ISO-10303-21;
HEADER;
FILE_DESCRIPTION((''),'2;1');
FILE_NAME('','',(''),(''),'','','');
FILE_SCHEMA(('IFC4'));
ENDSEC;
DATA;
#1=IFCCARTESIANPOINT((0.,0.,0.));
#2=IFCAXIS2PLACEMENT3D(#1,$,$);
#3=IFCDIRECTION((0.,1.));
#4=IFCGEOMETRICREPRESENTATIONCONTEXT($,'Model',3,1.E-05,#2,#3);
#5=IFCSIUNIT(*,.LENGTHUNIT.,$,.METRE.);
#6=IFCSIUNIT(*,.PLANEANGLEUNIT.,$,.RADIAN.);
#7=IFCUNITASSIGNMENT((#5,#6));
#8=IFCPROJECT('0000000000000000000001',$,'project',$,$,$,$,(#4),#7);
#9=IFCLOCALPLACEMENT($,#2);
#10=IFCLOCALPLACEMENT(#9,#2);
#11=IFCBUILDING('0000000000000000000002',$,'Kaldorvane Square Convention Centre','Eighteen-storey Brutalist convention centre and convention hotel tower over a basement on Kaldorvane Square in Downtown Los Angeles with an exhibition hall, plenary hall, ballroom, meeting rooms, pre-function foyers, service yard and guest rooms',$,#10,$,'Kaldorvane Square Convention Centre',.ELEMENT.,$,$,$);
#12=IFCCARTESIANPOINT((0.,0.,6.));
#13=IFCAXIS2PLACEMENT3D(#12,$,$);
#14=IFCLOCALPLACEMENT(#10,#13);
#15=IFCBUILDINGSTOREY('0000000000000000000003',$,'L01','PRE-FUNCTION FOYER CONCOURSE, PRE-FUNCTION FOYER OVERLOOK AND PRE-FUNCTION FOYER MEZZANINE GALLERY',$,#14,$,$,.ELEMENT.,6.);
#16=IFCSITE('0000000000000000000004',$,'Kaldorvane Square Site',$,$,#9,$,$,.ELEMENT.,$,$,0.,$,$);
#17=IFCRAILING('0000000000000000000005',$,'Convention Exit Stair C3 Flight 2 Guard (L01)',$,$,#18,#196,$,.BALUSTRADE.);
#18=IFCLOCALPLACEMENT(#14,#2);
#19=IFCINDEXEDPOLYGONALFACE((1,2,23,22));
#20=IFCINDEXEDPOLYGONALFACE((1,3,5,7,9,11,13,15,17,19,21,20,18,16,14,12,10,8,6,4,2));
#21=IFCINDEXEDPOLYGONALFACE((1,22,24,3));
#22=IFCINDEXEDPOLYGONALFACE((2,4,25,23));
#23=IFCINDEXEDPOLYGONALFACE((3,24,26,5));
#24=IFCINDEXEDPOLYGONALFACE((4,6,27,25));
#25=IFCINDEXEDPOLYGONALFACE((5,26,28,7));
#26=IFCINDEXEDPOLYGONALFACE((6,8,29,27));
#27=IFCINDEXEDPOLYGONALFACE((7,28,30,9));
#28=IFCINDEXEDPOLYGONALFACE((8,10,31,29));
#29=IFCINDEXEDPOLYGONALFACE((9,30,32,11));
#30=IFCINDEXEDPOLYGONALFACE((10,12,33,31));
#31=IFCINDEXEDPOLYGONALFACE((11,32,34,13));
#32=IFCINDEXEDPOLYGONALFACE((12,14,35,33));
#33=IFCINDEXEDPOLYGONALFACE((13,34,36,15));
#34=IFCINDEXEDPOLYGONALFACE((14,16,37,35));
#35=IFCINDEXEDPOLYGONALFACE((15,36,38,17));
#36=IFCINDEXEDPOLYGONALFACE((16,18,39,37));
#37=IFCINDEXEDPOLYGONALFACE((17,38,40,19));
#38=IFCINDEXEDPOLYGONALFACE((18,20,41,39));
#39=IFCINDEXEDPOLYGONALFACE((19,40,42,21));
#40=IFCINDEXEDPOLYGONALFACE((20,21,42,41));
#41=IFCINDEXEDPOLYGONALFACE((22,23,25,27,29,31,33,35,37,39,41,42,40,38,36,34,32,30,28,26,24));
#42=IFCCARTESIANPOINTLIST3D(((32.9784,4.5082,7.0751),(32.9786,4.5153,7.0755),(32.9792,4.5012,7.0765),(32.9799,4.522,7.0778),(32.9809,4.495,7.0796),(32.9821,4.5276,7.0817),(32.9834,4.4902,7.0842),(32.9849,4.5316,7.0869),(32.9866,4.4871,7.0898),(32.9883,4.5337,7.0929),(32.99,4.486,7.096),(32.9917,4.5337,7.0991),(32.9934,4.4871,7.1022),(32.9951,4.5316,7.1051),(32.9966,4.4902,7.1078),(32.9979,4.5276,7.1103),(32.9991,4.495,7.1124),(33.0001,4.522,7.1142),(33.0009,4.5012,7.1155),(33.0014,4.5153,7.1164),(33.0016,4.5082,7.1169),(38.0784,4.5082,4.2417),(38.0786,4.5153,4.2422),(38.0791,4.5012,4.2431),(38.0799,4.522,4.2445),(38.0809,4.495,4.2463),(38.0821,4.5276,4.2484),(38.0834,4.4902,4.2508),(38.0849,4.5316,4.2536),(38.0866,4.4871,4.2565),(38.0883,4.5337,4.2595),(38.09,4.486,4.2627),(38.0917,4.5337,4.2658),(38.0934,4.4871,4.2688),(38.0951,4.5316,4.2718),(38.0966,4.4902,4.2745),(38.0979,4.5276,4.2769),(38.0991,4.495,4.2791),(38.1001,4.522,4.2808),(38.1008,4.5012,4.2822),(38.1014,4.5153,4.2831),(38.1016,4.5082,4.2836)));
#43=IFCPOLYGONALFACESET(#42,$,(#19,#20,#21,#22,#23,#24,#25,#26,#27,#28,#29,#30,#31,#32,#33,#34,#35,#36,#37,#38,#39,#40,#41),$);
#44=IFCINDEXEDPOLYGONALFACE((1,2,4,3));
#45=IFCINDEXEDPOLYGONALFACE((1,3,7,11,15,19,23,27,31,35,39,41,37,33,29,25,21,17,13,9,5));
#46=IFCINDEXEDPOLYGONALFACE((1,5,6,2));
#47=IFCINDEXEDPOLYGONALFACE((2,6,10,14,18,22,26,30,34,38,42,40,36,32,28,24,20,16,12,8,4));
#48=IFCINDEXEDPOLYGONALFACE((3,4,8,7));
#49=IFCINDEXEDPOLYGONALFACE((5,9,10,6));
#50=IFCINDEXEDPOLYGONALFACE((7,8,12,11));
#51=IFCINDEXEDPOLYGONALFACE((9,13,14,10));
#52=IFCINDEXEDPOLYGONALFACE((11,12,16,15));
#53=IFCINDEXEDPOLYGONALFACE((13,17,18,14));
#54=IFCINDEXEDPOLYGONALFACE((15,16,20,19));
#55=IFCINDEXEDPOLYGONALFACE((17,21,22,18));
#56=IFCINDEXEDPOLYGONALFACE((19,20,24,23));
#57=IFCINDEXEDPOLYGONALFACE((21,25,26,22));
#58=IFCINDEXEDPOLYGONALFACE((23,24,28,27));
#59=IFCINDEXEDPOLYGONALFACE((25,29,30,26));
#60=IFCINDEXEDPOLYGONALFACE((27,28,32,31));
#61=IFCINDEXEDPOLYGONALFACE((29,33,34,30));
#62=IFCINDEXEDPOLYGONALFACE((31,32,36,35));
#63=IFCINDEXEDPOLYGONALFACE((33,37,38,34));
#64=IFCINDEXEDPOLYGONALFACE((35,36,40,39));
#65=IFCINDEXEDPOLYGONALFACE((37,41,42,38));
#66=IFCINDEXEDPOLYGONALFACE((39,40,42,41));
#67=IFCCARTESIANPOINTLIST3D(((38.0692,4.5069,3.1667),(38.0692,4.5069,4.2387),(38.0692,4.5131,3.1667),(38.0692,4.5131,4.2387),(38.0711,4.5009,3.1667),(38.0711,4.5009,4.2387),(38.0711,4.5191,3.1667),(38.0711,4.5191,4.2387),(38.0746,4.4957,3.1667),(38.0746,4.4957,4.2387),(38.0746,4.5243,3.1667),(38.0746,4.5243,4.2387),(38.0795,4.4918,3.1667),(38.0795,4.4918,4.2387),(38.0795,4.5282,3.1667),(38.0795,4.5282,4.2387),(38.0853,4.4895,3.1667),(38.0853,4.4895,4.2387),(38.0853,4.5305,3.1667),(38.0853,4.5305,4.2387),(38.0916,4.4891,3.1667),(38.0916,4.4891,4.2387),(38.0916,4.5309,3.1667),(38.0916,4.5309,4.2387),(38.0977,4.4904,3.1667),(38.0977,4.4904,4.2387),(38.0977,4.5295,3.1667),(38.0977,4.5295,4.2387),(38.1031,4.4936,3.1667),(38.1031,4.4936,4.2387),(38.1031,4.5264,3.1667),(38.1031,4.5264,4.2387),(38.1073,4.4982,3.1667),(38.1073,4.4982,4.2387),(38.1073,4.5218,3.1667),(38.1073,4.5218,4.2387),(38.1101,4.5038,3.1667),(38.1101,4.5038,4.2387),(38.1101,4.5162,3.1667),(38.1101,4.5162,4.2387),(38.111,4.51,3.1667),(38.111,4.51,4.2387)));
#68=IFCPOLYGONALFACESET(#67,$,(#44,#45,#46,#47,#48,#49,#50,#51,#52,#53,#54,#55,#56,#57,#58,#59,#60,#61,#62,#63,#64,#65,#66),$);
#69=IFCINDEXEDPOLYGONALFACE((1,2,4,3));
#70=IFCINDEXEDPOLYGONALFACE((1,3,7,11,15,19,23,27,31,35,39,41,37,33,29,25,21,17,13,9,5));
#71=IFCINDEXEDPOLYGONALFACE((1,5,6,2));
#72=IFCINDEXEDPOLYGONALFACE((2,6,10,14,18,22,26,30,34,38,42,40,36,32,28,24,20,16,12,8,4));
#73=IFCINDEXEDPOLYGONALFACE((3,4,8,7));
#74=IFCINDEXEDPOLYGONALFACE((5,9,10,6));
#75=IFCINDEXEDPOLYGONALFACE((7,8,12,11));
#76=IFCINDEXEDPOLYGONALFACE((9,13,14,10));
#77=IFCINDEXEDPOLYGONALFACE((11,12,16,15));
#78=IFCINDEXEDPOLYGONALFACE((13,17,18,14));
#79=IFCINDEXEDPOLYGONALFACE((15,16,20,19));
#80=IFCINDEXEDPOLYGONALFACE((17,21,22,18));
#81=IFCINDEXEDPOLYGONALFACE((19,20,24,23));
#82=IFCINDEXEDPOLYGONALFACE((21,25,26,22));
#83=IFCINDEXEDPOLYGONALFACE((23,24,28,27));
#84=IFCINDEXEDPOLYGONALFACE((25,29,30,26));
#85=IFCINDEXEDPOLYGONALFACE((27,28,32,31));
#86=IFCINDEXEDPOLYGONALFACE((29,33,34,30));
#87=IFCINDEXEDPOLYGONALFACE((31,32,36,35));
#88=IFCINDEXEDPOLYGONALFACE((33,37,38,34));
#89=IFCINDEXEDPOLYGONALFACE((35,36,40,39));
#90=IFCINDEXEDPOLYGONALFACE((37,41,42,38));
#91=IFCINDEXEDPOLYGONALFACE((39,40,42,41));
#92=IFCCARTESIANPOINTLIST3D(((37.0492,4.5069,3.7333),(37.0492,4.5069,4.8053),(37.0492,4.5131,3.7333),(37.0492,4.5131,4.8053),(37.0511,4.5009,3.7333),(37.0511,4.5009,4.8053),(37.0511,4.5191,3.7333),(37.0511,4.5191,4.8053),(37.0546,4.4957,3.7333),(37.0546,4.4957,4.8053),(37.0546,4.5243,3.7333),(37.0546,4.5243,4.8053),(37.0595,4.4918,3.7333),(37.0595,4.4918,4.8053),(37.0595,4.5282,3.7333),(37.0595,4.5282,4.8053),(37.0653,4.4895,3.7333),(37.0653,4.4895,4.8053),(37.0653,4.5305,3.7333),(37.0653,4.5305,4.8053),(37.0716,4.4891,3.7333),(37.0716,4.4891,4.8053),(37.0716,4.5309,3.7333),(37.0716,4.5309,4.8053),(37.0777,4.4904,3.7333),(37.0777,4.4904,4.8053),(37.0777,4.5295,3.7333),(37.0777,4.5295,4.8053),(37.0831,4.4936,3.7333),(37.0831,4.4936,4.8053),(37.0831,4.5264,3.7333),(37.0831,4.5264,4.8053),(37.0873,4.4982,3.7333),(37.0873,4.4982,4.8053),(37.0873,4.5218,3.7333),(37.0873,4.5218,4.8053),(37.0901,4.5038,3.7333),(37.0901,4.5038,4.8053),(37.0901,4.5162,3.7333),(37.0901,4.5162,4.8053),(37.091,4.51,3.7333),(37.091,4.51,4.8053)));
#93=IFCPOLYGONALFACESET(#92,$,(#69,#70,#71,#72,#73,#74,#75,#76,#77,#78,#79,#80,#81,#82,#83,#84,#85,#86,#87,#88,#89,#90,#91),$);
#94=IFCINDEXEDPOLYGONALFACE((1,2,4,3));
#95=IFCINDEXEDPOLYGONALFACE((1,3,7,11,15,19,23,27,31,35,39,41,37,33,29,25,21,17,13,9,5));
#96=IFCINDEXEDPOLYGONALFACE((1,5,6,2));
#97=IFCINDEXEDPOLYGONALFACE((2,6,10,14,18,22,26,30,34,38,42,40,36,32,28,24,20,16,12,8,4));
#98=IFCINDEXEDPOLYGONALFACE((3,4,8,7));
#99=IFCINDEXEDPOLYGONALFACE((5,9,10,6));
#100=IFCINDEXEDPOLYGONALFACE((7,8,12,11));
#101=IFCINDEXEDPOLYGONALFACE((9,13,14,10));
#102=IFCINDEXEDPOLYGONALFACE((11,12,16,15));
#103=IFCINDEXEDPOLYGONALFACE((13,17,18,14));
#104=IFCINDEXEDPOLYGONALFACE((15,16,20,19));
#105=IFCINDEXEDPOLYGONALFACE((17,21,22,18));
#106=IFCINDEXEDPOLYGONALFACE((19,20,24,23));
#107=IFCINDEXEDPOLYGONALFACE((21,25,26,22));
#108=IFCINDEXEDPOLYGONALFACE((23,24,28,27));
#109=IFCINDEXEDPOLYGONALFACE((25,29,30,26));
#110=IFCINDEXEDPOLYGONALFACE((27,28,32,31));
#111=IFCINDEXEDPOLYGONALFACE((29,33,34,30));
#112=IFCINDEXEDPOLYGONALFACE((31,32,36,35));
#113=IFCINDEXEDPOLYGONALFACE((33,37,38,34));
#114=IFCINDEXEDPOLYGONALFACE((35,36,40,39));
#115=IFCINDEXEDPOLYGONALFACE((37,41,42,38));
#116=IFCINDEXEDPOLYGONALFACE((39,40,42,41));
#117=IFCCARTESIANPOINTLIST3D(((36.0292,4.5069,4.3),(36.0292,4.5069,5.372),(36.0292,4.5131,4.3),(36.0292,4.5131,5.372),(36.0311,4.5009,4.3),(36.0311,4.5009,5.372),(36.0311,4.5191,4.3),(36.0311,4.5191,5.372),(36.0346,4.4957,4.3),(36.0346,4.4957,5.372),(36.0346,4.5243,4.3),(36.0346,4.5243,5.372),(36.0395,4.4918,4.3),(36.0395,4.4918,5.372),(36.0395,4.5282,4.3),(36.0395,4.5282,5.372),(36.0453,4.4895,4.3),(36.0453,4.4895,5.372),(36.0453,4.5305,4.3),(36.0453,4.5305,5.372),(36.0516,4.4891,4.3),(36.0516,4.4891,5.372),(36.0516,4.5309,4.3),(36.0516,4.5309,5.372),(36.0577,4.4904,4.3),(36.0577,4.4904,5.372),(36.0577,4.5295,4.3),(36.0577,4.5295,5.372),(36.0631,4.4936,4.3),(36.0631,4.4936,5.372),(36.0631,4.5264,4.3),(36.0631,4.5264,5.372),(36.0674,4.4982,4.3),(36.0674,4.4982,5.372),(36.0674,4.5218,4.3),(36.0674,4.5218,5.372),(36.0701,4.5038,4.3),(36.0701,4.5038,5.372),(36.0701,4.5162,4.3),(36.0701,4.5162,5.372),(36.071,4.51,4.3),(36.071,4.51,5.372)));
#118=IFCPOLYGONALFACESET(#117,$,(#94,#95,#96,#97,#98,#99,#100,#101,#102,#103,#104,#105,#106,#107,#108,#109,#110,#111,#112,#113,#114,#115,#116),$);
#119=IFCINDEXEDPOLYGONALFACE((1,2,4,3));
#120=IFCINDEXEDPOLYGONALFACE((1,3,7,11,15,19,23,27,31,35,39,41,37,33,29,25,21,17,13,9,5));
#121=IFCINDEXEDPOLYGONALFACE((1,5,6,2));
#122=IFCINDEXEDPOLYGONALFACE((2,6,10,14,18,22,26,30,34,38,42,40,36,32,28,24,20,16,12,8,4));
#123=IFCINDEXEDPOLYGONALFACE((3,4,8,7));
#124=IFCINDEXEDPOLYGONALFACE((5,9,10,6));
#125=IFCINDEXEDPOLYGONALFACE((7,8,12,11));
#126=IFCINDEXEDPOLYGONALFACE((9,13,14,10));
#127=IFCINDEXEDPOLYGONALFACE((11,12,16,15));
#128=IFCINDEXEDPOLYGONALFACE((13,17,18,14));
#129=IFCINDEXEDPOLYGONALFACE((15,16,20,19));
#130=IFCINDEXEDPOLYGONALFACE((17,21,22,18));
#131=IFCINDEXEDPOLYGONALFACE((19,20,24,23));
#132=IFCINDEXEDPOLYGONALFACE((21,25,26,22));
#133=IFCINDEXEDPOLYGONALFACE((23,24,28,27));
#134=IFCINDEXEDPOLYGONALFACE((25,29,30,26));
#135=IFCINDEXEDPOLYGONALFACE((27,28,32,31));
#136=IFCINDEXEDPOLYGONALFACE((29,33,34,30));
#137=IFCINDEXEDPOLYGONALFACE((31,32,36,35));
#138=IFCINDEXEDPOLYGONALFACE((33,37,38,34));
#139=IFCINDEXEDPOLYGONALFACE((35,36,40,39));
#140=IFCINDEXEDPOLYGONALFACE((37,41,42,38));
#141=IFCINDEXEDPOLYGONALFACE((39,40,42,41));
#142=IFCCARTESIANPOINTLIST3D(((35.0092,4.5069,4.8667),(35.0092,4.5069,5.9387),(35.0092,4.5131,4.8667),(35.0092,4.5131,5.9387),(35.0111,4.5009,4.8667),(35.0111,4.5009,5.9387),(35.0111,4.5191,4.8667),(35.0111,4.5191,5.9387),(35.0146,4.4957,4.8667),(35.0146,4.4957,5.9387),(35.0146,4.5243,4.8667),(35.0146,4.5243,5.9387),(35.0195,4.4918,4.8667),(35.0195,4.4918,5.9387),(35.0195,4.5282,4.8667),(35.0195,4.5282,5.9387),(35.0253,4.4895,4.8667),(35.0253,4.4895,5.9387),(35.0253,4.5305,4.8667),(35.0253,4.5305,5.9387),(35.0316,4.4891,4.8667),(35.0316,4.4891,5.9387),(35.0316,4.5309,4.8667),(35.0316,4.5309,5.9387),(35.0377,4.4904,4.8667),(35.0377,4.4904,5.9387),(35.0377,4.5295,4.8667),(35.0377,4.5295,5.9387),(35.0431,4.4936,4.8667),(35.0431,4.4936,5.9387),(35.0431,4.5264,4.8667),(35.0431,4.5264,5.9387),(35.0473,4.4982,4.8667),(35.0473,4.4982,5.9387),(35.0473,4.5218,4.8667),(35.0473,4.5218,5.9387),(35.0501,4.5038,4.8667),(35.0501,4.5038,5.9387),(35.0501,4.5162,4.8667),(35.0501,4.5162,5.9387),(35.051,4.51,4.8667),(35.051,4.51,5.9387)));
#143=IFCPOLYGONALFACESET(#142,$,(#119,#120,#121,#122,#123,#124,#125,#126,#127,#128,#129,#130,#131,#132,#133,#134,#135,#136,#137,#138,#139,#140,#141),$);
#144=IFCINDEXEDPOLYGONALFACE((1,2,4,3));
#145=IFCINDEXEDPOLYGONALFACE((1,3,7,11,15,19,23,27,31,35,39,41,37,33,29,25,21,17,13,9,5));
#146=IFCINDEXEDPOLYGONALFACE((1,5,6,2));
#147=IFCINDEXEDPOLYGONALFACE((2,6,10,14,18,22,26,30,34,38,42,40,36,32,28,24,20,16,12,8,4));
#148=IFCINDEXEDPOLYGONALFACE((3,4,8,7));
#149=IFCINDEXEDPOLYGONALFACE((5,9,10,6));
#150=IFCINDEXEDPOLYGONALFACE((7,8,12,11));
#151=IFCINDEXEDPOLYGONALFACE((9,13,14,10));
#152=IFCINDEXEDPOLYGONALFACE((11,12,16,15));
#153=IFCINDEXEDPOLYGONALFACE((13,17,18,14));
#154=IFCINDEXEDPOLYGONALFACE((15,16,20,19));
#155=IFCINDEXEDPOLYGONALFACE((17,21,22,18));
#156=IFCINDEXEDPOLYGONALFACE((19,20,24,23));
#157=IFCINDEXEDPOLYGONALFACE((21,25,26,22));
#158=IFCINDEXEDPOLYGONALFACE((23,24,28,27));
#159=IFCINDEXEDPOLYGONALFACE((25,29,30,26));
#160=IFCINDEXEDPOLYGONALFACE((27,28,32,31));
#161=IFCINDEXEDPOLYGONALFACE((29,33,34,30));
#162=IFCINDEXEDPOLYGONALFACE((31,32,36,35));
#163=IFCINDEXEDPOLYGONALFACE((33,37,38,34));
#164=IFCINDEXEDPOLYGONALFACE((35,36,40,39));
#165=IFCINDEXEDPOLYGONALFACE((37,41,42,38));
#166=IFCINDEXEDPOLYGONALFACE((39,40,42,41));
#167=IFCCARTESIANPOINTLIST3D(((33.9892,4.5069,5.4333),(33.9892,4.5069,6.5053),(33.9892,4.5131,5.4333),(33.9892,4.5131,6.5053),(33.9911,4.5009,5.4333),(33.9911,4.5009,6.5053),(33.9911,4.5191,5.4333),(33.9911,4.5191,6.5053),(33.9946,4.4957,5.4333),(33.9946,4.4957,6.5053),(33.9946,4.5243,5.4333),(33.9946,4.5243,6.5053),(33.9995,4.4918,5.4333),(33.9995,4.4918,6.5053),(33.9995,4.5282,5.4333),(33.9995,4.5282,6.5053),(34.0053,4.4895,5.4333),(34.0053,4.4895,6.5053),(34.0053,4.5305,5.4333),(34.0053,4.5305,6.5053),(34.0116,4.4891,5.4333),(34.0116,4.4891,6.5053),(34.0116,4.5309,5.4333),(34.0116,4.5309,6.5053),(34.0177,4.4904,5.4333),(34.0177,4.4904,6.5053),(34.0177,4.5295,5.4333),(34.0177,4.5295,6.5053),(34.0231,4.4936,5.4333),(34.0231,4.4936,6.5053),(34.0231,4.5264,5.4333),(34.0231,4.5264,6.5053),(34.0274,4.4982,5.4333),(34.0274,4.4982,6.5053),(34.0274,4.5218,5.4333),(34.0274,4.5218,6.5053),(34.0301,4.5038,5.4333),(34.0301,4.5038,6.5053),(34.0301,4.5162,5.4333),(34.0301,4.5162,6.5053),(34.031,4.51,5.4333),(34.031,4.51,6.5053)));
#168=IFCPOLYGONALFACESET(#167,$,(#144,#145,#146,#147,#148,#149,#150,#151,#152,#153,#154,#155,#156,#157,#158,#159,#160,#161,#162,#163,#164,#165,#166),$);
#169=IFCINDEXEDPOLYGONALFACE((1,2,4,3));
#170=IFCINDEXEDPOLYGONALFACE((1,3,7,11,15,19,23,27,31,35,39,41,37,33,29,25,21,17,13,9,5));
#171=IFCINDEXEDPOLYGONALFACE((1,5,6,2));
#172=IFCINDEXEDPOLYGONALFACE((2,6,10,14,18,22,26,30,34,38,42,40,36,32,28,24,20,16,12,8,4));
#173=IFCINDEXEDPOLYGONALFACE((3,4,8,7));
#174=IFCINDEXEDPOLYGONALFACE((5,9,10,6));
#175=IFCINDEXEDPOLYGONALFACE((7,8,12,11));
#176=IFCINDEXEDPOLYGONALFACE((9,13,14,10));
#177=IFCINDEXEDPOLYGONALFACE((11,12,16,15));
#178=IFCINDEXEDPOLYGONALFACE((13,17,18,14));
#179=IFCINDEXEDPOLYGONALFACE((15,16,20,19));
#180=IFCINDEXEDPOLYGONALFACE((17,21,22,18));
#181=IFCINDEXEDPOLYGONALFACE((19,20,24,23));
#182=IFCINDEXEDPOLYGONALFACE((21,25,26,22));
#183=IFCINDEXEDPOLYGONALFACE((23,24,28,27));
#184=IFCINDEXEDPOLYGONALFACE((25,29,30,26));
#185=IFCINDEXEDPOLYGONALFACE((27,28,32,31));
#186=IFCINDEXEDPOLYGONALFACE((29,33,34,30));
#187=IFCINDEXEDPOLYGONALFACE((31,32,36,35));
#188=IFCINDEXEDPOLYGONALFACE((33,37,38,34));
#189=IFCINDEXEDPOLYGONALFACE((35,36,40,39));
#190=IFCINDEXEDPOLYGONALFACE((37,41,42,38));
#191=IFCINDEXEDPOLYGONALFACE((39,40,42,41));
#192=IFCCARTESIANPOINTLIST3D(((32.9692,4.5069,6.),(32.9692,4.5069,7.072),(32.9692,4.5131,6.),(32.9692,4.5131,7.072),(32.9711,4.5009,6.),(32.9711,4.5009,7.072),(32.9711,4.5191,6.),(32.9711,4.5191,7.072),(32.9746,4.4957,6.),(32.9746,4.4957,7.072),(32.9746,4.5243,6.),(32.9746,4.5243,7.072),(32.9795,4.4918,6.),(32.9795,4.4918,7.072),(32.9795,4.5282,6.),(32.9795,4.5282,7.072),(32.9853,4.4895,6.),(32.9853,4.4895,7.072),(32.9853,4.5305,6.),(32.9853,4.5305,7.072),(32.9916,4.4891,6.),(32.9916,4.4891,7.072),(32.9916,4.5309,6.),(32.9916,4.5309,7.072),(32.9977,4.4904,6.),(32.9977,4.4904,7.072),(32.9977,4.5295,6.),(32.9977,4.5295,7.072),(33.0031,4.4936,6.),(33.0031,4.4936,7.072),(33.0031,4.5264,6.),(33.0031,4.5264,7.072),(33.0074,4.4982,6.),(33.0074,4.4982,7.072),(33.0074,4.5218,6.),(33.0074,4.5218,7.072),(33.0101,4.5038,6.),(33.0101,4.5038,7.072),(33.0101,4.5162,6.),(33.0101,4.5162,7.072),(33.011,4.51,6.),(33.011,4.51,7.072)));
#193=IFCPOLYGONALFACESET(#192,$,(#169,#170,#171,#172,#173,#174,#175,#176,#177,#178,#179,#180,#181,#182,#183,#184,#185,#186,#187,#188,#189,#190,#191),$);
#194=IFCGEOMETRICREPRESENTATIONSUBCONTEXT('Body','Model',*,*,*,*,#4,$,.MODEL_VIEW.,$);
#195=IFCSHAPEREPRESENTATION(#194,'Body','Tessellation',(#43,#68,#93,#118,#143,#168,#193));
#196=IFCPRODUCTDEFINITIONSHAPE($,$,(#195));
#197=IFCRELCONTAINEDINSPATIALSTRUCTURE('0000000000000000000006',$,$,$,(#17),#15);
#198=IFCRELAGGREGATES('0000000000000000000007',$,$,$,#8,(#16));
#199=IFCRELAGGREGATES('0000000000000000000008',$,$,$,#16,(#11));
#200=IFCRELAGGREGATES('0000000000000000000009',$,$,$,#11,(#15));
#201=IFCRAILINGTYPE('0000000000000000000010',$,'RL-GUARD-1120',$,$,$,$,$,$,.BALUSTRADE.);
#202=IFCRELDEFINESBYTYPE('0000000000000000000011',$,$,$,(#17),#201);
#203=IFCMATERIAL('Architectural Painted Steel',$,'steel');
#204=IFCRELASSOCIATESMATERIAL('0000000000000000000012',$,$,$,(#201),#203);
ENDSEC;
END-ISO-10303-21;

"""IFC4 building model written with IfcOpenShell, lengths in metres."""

from ifc_helpers import new_model, si_unit, direction, frame, origin, origin_2d, place, context, subcontext, project, spatial, circle, extrude, material, type_object, element, save


model = new_model("IFC4")

# Units and contexts
model_context = context("Model", 3, precision=1e-05, world=origin(), true_north=direction((0.0, 1.0)))
body_context = subcontext(model_context, "Body", "Model", "MODEL_VIEW")
ifc_project = project(units=[si_unit("LENGTHUNIT", "METRE"), si_unit("PLANEANGLEUNIT", "RADIAN")], contexts=[model_context])

# Site, building, storey
site_placement = place(None, origin())
site = spatial("IfcSite", under=ifc_project, at=site_placement, Name="Kaldorvane Square Site", CompositionType="ELEMENT", RefElevation=0.0)
building_placement = place(site_placement, origin())
building = spatial("IfcBuilding", under=site, at=building_placement, Name="Kaldorvane Square Convention Centre", Description="Eighteen-storey Brutalist convention centre and convention hotel tower over a basement on Kaldorvane Square in Downtown Los Angeles with an exhibition hall, plenary hall, ballroom, meeting rooms, pre-function foyers, service yard and guest rooms", LongName="Kaldorvane Square Convention Centre", CompositionType="ELEMENT")
storey_placement = place(building_placement, frame((0.0, 0.0, 6.0)))
storey = spatial("IfcBuildingStorey", under=building, at=storey_placement, Name="L01", Description="PRE-FUNCTION FOYER CONCOURSE, PRE-FUNCTION FOYER OVERLOOK AND PRE-FUNCTION FOYER MEZZANINE GALLERY", CompositionType="ELEMENT", Elevation=6.0)

# Railing
ifc_material_1 = material(Name="Architectural Painted Steel", Category="steel")
railing_type_1 = type_object("IfcRailingType", Name="RL-GUARD-1120", PredefinedType="BALUSTRADE", material=ifc_material_1)
railing_1_placement = place(storey_placement, frame((38.09, 4.51, 3.1667)))
element("IfcRailing", 1, at=railing_1_placement, inside=storey, type_object=railing_type_1, Name="Convention Exit Stair C3 Flight 2 Guard (L01)", PredefinedType="BALUSTRADE", context=body_context, shape_type="SweptSolid", body=[
    extrude(circle(Radius=0.024, at=origin_2d()), frame((0.0, 0.0, 1.096), z_axis=(-0.874157, 0.0, 0.485643), x_axis=(0.0, -1.0, 0.0)), (0.0, 0.0, 1.0), 5.8342),
    extrude(circle(Radius=0.021, at=origin_2d()), origin(), (0.0, 0.0, 1.0), 1.072),
    extrude(circle(Radius=0.021, at=origin_2d()), frame((-1.02, 0.0, 0.5667)), (0.0, 0.0, 1.0), 1.072),
    extrude(circle(Radius=0.021, at=origin_2d()), frame((-2.04, 0.0, 1.1333)), (0.0, 0.0, 1.0), 1.072),
    extrude(circle(Radius=0.021, at=origin_2d()), frame((-3.06, 0.0, 1.7)), (0.0, 0.0, 1.0), 1.072),
    extrude(circle(Radius=0.021, at=origin_2d()), frame((-4.08, 0.0, 2.2667)), (0.0, 0.0, 1.0), 1.072),
    extrude(circle(Radius=0.021, at=origin_2d()), frame((-5.1, 0.0, 2.8333)), (0.0, 0.0, 1.0), 1.072),
])

save(model, "model.ifc")
